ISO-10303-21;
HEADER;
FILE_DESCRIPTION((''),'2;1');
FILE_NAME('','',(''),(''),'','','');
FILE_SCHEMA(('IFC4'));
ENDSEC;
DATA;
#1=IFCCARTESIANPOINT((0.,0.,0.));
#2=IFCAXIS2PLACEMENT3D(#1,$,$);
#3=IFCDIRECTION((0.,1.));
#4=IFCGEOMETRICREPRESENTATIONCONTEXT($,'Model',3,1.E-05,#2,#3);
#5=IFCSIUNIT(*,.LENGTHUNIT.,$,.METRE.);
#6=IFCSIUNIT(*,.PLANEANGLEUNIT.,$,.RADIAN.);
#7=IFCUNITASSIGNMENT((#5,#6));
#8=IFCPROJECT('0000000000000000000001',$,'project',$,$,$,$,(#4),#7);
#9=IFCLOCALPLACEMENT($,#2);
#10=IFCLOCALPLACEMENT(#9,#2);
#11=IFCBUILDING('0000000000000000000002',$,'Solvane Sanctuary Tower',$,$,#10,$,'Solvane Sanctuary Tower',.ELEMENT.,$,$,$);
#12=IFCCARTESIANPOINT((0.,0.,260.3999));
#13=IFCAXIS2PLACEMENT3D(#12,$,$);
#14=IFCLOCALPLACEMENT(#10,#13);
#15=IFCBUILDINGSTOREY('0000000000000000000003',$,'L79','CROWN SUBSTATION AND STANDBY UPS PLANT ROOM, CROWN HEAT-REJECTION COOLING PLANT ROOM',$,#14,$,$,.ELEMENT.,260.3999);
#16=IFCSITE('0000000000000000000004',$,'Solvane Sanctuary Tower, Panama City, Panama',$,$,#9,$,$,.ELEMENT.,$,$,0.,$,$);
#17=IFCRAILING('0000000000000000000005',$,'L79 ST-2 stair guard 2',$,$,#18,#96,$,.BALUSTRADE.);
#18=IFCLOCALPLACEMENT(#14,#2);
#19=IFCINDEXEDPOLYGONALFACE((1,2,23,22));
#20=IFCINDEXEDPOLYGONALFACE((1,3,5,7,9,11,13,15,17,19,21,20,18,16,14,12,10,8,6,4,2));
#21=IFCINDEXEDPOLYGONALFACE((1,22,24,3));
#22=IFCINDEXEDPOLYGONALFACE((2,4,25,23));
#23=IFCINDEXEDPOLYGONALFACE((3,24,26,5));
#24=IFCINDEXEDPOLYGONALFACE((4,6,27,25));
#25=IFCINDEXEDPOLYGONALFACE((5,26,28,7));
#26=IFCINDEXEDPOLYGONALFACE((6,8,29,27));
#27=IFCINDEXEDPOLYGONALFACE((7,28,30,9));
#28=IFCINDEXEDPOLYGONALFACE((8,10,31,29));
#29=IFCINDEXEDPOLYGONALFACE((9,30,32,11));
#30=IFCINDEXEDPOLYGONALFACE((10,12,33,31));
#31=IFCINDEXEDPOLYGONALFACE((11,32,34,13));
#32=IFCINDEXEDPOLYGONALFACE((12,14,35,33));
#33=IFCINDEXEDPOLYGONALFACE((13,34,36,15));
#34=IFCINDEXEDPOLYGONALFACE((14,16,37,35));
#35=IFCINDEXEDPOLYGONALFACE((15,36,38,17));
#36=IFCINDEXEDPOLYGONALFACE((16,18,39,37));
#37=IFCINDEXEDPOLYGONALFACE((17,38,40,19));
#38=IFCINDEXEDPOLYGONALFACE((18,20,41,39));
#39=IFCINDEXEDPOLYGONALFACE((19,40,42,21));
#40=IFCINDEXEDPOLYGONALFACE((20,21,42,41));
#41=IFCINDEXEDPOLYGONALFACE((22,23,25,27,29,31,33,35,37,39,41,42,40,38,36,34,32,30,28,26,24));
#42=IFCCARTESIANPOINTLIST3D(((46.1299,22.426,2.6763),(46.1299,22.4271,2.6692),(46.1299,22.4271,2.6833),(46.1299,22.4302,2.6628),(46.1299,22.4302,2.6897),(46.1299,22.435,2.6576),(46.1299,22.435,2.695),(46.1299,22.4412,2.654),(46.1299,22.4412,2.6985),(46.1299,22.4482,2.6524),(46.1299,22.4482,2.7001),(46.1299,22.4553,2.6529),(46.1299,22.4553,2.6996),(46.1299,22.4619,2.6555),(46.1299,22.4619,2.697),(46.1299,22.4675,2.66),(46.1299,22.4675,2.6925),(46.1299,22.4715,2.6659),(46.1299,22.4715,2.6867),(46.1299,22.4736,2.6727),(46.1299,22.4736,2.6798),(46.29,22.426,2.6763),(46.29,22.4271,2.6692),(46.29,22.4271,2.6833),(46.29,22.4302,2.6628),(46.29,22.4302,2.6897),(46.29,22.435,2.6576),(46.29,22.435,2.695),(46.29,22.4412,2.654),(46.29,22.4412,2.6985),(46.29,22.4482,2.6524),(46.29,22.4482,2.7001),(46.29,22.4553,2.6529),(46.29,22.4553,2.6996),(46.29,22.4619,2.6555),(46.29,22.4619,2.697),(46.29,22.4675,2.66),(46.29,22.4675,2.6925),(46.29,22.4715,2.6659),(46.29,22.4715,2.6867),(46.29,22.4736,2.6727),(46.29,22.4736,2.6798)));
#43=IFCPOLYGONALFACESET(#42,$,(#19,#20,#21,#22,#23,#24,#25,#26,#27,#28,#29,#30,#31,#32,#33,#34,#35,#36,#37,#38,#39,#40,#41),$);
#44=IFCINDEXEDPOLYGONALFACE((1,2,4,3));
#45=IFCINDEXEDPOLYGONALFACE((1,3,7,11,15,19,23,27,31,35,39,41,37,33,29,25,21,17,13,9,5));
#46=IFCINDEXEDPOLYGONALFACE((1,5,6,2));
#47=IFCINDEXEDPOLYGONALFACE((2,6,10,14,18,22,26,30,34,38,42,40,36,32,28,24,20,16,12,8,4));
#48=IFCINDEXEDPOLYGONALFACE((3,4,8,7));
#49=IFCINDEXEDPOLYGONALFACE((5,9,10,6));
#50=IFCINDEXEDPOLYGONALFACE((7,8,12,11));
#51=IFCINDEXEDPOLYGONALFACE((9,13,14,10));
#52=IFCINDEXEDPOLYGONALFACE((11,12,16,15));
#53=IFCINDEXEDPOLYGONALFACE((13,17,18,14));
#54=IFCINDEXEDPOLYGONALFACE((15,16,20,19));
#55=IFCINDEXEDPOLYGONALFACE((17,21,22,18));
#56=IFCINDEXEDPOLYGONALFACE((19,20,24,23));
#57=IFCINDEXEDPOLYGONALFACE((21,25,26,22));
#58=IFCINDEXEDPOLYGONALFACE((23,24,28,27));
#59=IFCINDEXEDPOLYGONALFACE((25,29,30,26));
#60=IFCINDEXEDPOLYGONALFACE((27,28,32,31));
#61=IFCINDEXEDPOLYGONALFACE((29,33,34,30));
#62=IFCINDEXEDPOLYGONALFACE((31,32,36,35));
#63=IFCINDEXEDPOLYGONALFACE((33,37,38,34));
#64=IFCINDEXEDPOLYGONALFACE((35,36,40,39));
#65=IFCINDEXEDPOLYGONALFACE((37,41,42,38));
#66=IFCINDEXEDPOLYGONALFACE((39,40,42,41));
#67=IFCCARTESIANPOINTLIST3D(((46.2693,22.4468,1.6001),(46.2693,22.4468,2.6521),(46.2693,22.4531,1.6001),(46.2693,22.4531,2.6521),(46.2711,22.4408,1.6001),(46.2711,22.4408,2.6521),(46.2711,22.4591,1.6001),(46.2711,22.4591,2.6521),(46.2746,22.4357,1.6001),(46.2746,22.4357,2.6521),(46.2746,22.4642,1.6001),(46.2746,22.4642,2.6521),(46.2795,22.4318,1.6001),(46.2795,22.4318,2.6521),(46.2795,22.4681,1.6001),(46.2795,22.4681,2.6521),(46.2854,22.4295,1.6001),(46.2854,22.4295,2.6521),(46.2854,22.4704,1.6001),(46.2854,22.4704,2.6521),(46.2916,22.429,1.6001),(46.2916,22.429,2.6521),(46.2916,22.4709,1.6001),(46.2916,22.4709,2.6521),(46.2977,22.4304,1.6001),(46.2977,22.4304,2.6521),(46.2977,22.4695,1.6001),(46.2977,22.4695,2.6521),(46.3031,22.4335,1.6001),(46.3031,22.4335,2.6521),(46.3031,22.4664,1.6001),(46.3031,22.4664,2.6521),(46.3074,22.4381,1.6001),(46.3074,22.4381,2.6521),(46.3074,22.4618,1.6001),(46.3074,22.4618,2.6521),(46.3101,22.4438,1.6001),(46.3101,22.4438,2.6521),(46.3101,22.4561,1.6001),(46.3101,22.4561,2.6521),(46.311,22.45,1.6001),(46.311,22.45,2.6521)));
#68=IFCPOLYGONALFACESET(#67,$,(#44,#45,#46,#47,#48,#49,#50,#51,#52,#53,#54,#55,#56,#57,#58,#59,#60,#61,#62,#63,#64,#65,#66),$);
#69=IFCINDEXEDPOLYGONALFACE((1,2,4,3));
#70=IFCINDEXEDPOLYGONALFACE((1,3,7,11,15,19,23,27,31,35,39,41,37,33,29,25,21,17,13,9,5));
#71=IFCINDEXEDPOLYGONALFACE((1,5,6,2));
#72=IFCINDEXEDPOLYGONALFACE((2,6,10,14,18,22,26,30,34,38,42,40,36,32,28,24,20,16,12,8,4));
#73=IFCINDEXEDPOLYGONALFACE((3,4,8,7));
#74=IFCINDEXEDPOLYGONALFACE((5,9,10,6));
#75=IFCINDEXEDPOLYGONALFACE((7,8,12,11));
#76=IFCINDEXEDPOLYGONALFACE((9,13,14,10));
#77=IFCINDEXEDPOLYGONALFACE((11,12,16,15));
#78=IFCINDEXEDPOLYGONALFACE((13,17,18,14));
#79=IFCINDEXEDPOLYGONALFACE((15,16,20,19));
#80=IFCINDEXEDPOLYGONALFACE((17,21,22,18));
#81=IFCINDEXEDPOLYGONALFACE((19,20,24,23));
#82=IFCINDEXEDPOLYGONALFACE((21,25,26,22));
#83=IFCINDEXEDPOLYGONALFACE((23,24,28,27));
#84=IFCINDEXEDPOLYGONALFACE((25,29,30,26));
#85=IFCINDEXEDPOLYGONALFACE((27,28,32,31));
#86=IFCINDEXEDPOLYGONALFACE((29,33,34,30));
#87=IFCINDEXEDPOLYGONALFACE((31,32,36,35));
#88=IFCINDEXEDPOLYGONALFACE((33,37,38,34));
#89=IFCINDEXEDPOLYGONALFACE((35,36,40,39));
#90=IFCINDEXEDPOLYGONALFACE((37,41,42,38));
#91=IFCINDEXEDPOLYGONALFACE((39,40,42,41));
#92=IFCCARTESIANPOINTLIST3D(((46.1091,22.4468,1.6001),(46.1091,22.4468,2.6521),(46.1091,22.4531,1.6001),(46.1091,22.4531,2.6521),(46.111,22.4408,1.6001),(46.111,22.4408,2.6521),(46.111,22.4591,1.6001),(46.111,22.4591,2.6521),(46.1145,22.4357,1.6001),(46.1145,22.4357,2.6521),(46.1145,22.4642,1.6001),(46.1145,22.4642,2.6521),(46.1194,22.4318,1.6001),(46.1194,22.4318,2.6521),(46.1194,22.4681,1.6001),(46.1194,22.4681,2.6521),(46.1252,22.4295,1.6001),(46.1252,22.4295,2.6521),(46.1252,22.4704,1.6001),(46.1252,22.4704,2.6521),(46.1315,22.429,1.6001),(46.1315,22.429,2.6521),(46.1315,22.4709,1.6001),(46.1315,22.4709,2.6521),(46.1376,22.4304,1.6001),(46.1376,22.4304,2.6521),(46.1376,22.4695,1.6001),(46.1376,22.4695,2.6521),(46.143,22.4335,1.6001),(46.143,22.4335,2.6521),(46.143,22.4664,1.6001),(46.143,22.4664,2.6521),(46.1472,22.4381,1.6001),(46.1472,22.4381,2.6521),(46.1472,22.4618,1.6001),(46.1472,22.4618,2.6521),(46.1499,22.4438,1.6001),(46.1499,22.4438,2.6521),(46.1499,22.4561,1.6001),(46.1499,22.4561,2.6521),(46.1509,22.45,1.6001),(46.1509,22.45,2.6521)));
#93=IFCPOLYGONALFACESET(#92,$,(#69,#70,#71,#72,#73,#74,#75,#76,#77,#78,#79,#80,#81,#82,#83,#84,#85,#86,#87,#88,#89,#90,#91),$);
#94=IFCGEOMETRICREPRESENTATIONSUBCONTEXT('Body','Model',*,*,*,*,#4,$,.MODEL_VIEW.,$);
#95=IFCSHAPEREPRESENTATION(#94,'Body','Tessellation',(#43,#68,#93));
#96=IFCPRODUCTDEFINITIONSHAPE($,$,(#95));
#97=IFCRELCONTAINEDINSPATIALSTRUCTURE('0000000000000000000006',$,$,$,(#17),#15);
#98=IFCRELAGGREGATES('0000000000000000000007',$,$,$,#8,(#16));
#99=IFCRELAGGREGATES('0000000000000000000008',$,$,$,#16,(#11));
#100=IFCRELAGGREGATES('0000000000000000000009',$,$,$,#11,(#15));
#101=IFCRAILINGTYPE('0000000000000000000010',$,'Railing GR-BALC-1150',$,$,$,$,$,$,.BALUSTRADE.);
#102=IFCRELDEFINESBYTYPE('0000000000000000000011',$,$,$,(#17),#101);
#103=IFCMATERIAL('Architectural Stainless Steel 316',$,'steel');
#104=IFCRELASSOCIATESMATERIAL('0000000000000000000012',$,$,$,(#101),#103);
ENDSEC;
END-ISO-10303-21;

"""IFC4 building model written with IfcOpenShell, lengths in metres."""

from ifc_helpers import new_model, si_unit, direction, frame, origin, origin_2d, place, context, subcontext, project, spatial, circle, extrude, material, type_object, element, save


model = new_model("IFC4")

# Units and contexts
model_context = context("Model", 3, precision=1e-05, world=origin(), true_north=direction((0.0, 1.0)))
body_context = subcontext(model_context, "Body", "Model", "MODEL_VIEW")
ifc_project = project(units=[si_unit("LENGTHUNIT", "METRE"), si_unit("PLANEANGLEUNIT", "RADIAN")], contexts=[model_context])

# Site, building, storey
site_placement = place(None, origin())
site = spatial("IfcSite", under=ifc_project, at=site_placement, Name="Solvane Sanctuary Tower, Panama City, Panama", CompositionType="ELEMENT", RefElevation=0.0)
building_placement = place(site_placement, origin())
building = spatial("IfcBuilding", under=site, at=building_placement, Name="Solvane Sanctuary Tower", LongName="Solvane Sanctuary Tower", CompositionType="ELEMENT")
storey_placement = place(building_placement, frame((0.0, 0.0, 260.3999)))
storey = spatial("IfcBuildingStorey", under=building, at=storey_placement, Name="L79", Description="CROWN SUBSTATION AND STANDBY UPS PLANT ROOM, CROWN HEAT-REJECTION COOLING PLANT ROOM", CompositionType="ELEMENT", Elevation=260.3999)

# Shared definitions
ifc_material_1 = material(Name="Architectural Stainless Steel 316", Category="steel")

# Railing
railing_type_1 = type_object("IfcRailingType", Name="Railing GR-BALC-1150", PredefinedType="BALUSTRADE", material=ifc_material_1)
railing_1_placement = place(storey_placement, frame((46.29, 22.45, 1.6001)))
element("IfcRailing", 1, at=railing_1_placement, inside=storey, type_object=railing_type_1, Name="L79 ST-2 stair guard 2", PredefinedType="BALUSTRADE", context=body_context, shape_type="SweptSolid", body=[
    extrude(circle(Radius=0.0239, at=origin_2d()), frame((0.0, 0.0, 1.0762), z_axis=(-1.0, 0.0, 0.0), x_axis=(0.0, -1.0, 0.0)), (0.0, 0.0, 1.0), 0.1602),
    extrude(circle(Radius=0.021, at=origin_2d()), origin(), (0.0, 0.0, 1.0), 1.052),
    extrude(circle(Radius=0.021, at=origin_2d()), frame((-0.1602, 0.0, 0.0)), (0.0, 0.0, 1.0), 1.052),
])

save(model, "model.ifc")
